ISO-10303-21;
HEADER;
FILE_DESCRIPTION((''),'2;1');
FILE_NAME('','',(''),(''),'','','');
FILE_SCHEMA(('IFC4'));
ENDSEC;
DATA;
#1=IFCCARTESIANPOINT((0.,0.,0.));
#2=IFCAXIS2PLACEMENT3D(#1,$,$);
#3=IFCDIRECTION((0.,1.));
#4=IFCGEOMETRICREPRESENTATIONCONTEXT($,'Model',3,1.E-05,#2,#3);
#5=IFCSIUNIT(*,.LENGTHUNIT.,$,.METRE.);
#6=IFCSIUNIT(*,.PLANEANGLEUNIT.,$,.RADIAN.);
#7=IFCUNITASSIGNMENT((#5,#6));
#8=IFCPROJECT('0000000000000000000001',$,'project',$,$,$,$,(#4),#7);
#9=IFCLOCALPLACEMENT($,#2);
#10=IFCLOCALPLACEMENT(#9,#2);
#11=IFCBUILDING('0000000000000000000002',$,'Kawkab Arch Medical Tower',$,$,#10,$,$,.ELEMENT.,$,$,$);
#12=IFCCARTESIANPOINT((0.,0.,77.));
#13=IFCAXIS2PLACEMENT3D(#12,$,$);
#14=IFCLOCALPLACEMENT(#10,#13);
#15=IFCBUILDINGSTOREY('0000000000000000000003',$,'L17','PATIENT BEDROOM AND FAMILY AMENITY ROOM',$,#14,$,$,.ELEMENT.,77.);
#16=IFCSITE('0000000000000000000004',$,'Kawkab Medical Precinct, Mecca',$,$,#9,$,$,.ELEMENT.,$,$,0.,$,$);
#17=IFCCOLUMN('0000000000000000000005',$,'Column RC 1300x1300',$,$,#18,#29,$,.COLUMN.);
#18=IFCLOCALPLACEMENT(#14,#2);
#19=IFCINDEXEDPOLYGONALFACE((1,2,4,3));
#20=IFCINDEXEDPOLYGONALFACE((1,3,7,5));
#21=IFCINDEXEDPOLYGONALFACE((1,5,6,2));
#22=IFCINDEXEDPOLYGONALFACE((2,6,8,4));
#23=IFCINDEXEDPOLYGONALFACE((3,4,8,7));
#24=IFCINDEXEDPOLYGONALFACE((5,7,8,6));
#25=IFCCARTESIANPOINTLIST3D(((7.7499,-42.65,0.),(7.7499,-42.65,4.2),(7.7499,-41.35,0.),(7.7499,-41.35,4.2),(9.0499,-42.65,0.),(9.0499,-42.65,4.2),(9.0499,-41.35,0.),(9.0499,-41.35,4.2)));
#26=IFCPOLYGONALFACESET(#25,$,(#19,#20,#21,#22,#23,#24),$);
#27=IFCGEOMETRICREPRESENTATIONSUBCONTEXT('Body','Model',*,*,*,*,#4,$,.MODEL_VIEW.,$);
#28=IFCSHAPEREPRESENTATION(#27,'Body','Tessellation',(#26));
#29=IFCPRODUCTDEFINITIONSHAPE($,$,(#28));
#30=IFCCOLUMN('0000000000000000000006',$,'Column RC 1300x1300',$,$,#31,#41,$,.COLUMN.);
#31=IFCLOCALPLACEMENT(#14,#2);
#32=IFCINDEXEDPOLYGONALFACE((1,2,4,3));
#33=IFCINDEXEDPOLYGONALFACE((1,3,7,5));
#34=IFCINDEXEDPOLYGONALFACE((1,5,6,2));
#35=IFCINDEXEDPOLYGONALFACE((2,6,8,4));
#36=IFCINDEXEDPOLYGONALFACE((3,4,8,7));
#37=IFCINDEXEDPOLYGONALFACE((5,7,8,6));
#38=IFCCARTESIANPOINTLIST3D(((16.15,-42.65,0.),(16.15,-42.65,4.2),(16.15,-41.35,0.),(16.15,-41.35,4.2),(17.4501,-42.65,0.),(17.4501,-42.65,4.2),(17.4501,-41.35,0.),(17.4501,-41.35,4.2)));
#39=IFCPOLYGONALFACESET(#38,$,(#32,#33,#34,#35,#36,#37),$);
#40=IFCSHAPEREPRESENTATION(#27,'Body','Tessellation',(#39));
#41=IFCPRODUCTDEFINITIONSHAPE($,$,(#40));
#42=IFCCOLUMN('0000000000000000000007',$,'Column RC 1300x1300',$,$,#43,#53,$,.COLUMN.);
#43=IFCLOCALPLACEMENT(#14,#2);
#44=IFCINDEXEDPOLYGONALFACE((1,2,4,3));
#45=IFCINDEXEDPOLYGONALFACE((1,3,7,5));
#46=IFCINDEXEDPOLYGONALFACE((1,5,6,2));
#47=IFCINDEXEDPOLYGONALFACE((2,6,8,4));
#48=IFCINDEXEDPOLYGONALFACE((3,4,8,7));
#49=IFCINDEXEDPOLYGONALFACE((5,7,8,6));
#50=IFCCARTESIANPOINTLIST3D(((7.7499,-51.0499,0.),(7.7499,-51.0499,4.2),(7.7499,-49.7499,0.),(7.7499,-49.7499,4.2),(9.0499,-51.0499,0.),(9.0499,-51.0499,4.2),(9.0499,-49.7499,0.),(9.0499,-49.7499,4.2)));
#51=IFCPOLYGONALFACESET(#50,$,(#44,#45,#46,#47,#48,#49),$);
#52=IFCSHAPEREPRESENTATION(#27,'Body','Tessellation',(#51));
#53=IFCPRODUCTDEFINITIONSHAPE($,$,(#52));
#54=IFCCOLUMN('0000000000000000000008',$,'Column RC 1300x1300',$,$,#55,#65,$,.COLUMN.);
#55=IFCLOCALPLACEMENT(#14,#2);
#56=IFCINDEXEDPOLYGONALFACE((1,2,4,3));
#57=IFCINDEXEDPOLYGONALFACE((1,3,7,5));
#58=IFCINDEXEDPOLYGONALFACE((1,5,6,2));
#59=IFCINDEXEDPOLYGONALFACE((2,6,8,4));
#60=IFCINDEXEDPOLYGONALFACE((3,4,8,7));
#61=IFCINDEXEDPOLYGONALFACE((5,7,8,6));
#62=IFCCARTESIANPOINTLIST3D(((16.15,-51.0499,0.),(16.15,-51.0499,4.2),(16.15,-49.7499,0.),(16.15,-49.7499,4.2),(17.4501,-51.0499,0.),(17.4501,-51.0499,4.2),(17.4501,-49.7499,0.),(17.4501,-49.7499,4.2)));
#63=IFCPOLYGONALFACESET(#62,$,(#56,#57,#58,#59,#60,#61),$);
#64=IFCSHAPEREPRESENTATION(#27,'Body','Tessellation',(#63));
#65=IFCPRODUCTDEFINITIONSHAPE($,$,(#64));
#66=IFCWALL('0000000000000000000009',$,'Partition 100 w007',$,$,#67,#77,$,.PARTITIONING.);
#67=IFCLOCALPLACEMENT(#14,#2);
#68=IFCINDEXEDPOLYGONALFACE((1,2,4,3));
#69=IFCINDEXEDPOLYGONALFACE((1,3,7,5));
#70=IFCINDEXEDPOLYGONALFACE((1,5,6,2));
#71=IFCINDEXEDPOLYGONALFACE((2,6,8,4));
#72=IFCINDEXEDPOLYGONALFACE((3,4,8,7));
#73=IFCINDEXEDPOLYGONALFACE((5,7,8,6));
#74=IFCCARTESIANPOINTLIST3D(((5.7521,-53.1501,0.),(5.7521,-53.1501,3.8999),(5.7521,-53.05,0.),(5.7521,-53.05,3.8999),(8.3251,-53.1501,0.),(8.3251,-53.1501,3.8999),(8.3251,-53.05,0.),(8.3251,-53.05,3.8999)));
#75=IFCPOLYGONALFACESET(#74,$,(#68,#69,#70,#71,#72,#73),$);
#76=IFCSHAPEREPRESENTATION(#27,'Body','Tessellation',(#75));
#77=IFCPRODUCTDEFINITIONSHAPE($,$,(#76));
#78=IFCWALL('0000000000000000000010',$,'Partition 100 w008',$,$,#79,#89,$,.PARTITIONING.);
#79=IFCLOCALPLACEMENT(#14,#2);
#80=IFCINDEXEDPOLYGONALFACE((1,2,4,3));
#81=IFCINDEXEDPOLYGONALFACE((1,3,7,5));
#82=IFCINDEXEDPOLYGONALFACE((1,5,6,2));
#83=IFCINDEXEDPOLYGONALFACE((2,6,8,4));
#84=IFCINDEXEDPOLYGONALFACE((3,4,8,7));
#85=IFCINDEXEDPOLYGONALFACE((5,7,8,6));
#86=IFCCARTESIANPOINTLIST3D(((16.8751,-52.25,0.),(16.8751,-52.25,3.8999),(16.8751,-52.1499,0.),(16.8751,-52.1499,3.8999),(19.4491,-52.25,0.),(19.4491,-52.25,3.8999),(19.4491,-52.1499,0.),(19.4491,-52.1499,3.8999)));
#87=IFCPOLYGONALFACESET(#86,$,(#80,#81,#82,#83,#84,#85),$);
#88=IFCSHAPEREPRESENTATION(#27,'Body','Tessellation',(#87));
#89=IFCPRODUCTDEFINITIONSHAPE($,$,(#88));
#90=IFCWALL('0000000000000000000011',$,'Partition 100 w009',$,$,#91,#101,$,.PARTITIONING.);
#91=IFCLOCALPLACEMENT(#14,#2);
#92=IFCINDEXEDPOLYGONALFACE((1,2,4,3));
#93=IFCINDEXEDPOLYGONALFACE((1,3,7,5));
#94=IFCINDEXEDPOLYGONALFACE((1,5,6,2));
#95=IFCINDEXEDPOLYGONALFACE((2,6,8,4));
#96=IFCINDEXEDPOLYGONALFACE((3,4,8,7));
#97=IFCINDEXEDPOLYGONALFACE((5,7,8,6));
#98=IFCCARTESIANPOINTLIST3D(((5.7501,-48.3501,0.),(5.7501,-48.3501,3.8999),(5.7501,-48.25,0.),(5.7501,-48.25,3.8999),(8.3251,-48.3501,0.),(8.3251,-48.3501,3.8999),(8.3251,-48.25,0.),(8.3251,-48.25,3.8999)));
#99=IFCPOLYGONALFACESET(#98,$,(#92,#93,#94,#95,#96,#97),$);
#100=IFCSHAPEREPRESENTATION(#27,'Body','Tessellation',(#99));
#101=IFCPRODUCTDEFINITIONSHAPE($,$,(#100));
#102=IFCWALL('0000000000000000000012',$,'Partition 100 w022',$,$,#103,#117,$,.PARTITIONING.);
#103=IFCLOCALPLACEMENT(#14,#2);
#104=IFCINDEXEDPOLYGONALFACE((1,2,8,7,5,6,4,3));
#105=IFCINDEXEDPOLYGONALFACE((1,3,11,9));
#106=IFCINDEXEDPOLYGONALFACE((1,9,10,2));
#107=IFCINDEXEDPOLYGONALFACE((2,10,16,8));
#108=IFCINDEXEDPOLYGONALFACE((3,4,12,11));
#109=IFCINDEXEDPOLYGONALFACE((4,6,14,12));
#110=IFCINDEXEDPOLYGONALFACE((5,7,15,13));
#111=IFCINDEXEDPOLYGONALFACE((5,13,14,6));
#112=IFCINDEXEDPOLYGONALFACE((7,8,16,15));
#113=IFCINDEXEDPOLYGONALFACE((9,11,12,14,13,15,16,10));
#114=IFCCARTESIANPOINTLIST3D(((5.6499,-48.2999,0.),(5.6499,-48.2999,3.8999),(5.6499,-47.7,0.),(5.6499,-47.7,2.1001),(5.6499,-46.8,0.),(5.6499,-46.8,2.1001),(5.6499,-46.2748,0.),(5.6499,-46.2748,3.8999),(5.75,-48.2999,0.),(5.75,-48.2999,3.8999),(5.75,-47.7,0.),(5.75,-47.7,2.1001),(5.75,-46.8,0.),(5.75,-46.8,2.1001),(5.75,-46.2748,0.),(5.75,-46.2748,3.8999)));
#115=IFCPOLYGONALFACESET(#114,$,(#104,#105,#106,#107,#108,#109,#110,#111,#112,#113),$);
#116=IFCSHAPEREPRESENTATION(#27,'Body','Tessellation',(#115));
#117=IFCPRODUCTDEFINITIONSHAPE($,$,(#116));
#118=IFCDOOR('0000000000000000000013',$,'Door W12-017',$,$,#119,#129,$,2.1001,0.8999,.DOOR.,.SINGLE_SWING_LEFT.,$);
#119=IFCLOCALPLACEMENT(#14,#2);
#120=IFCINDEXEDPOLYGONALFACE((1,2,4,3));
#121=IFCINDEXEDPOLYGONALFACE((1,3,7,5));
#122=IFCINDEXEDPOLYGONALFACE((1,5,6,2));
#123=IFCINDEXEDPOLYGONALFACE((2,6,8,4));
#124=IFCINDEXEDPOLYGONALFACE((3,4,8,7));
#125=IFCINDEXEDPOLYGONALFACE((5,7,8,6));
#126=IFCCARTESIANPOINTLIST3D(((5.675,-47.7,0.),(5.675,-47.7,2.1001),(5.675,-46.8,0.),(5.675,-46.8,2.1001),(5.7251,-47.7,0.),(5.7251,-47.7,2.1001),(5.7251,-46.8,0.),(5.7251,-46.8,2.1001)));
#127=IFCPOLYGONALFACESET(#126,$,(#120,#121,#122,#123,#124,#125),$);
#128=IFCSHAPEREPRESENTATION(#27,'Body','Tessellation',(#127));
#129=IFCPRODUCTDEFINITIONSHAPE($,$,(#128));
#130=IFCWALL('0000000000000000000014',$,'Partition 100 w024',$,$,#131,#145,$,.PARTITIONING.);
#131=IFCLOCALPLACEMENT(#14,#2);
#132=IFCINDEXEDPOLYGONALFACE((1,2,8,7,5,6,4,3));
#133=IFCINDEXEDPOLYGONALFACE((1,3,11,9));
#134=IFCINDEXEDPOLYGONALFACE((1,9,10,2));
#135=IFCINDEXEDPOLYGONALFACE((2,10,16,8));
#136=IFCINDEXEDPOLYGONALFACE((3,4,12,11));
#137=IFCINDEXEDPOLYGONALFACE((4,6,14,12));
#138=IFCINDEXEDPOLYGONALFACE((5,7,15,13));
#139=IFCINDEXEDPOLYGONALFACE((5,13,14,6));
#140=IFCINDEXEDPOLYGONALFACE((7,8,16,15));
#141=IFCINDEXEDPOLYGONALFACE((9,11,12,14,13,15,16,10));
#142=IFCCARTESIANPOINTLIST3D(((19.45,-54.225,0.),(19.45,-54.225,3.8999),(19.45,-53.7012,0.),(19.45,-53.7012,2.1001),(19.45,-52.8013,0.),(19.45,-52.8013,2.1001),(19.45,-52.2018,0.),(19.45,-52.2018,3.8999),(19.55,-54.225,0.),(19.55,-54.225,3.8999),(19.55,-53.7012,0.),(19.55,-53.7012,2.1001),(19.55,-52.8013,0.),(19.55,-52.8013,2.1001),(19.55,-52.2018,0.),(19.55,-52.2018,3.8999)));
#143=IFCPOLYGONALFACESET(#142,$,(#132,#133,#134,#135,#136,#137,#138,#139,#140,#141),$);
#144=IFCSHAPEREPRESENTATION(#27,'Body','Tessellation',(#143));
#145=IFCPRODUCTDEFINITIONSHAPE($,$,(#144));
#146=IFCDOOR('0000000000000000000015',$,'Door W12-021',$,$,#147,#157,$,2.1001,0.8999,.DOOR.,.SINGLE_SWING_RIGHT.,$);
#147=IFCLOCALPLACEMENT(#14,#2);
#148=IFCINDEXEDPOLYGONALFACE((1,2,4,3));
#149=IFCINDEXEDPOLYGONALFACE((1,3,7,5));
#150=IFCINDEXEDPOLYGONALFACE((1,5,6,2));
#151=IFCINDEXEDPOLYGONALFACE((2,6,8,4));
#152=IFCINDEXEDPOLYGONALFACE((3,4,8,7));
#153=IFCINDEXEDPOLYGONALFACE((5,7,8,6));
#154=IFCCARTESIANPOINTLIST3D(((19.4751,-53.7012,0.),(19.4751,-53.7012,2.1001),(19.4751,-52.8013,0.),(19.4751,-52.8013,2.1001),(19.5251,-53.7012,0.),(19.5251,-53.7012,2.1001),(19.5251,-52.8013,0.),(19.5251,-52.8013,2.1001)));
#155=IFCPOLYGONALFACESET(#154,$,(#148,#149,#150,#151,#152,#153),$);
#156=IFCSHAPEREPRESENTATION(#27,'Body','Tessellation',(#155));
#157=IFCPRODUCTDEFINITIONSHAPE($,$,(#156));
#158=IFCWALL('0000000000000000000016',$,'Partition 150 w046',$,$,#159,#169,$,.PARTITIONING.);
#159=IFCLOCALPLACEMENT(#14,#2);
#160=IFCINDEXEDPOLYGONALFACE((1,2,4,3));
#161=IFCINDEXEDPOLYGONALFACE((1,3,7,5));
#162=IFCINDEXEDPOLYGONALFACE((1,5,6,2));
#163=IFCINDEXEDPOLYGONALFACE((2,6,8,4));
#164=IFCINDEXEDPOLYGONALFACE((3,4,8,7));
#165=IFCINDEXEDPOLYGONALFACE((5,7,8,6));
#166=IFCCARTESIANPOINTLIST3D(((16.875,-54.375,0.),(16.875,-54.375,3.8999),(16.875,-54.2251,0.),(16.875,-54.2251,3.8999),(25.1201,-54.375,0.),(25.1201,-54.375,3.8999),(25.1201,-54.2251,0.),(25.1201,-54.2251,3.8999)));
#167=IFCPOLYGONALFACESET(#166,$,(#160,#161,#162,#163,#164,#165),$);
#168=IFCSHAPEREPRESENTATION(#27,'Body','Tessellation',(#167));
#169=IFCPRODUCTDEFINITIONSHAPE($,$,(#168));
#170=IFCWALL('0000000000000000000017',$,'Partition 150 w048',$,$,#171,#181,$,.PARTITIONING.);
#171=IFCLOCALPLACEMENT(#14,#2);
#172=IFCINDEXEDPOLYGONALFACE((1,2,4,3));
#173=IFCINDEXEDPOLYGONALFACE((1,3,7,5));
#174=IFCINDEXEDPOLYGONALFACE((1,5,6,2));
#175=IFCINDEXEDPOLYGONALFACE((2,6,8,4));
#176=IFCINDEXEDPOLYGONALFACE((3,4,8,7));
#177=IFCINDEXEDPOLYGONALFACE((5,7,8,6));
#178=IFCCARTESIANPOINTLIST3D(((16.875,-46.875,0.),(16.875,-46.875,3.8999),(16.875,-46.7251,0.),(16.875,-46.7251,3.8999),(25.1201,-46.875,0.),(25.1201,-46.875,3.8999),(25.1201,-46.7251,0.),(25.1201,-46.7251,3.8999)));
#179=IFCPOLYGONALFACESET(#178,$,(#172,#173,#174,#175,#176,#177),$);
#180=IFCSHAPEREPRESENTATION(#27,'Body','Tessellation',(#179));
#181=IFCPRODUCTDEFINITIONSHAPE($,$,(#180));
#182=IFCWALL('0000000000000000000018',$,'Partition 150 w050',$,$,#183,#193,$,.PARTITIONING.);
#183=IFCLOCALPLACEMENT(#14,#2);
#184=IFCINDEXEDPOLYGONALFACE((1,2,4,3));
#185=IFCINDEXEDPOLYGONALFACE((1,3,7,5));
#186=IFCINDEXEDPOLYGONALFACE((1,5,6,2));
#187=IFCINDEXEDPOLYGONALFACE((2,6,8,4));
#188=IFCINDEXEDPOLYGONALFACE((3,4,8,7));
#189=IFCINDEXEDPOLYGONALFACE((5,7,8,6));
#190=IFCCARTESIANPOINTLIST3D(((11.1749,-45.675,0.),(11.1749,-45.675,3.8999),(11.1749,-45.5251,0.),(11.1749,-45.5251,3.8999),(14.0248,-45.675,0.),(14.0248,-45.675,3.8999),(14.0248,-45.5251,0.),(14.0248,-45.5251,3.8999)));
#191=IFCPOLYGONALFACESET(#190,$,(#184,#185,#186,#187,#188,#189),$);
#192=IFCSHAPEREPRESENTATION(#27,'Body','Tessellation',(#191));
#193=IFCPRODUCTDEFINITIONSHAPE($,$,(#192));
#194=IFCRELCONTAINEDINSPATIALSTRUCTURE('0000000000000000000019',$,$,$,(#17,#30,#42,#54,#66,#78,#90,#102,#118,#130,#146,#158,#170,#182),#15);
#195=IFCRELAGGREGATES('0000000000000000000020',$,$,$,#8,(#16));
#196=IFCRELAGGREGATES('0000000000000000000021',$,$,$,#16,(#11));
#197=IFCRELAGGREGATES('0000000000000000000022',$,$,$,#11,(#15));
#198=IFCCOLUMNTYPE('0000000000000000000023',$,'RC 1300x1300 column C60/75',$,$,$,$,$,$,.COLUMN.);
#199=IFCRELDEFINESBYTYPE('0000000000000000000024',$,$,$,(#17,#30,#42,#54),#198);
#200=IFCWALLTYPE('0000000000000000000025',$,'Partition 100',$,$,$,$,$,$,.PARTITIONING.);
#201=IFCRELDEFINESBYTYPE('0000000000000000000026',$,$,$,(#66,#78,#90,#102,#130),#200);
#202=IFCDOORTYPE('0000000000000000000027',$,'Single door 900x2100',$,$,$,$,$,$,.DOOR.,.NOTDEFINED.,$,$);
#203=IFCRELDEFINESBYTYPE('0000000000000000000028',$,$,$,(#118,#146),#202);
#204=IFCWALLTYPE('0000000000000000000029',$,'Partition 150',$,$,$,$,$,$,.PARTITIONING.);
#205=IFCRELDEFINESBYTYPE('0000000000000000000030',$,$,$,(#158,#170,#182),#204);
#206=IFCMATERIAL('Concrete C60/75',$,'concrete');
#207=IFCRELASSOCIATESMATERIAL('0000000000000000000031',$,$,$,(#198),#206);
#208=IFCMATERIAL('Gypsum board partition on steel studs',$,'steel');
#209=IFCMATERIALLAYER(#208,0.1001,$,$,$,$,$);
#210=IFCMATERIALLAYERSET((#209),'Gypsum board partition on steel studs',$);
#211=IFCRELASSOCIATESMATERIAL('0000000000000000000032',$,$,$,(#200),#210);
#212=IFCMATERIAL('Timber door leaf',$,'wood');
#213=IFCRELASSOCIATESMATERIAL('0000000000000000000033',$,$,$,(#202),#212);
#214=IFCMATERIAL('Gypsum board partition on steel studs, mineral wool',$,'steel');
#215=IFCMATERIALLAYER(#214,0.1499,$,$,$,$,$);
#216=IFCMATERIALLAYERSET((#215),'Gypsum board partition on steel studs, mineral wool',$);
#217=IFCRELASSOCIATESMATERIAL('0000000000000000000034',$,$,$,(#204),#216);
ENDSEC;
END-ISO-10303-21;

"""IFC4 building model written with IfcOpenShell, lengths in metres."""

from ifc_helpers import new_model, si_unit, direction, frame, frame_2d, origin, origin_2d, place, context, subcontext, project, spatial, rectangle, extrude, material, layer, layer_set, material_profile, profile_set, type_object, element, fill, save


model = new_model("IFC4")

# Units and contexts
model_context = context("Model", 3, precision=1e-05, world=origin(), true_north=direction((0.0, 1.0)))
body_context = subcontext(model_context, "Body", "Model", "MODEL_VIEW")
ifc_project = project(units=[si_unit("LENGTHUNIT", "METRE"), si_unit("PLANEANGLEUNIT", "RADIAN")], contexts=[model_context])

# Site, building, storey
site_placement = place(None, origin())
site = spatial("IfcSite", under=ifc_project, at=site_placement, Name="Kawkab Medical Precinct, Mecca", CompositionType="ELEMENT", RefElevation=0.0)
building_placement = place(site_placement, origin())
building = spatial("IfcBuilding", under=site, at=building_placement, Name="Kawkab Arch Medical Tower", CompositionType="ELEMENT")
storey_placement = place(building_placement, frame((0.0, 0.0, 77.0)))
storey = spatial("IfcBuildingStorey", under=building, at=storey_placement, Name="L17", Description="PATIENT BEDROOM AND FAMILY AMENITY ROOM", CompositionType="ELEMENT", Elevation=77.0)

# Columns
ifc_material_1 = material(Name="Concrete C60/75", Category="concrete")
ifc_material_profile = material_profile(ifc_material_1, rectangle(XDim=1.3, YDim=1.3, at=origin_2d()), Name="RC 1300x1300")
ifc_profile_set = profile_set([ifc_material_profile], Name="Concrete C60/75")
column_type = type_object("IfcColumnType", Name="RC 1300x1300 column C60/75", PredefinedType="COLUMN", material=ifc_profile_set)
for number, where, z_axis, x_axis, name in (
    (1, (8.3999, -42.0, 0.0), (0.0, 0.0, 1.0), (1.0, 0.0, 0.0), "Column RC 1300x1300"),
    (2, (16.8, -42.0, 0.0), (0.0, 0.0, 1.0), (1.0, 0.0, 0.0), "Column RC 1300x1300"),
    (3, (8.3999, -50.3999, 0.0), (0.0, 0.0, 1.0), (1.0, 0.0, 0.0), "Column RC 1300x1300"),
    (4, (16.8, -50.3999, 0.0), (0.0, 0.0, 1.0), (1.0, 0.0, 0.0), "Column RC 1300x1300"),
):
    element("IfcColumn", number, at=place(storey_placement, frame(where, z_axis=z_axis, x_axis=x_axis)), inside=storey, type_object=column_type, Name=name, PredefinedType="COLUMN", context=body_context, shape_type="SweptSolid", body=[
        extrude(rectangle(XDim=1.3, YDim=1.3, at=origin_2d()), origin(), (0.0, 0.0, 1.0), 4.2),
    ])

# Walls
ifc_material_2 = material(Name="Gypsum board partition on steel studs", Category="steel")
ifc_layer_1 = layer(ifc_material_2, 0.1001)
ifc_layer_set_1 = layer_set([ifc_layer_1], Name="Gypsum board partition on steel studs")
wall_type_1 = type_object("IfcWallType", Name="Partition 100", PredefinedType="PARTITIONING", material=ifc_layer_set_1)
wall_1_placement = place(storey_placement, frame((5.752, -53.1001, 0.0), z_axis=(0.0, 0.0, 1.0), x_axis=(1.0, 0.0, 0.0)))
element("IfcWall", 5, at=wall_1_placement, inside=storey, type_object=wall_type_1, Name="Partition 100 w007", PredefinedType="PARTITIONING", context=body_context, shape_type="SweptSolid", body=[
    extrude(rectangle(XDim=2.573, YDim=0.1001, at=frame_2d((1.2866, 0.0))), origin(), (0.0, 0.0, 1.0), 3.8999),
])
wall_2_placement = place(storey_placement, frame((16.875, -52.2, 0.0), z_axis=(0.0, 0.0, 1.0), x_axis=(1.0, 0.0, 0.0)))
element("IfcWall", 6, at=wall_2_placement, inside=storey, type_object=wall_type_1, Name="Partition 100 w008", PredefinedType="PARTITIONING", context=body_context, shape_type="SweptSolid", body=[
    extrude(rectangle(XDim=2.574, YDim=0.1001, at=frame_2d((1.2871, 0.0))), origin(), (0.0, 0.0, 1.0), 3.8999),
])
wall_3_placement = place(storey_placement, frame((5.75, -48.3, 0.0), z_axis=(0.0, 0.0, 1.0), x_axis=(1.0, 0.0, 0.0)))
element("IfcWall", 7, at=wall_3_placement, inside=storey, type_object=wall_type_1, Name="Partition 100 w009", PredefinedType="PARTITIONING", context=body_context, shape_type="SweptSolid", body=[
    extrude(rectangle(XDim=2.575, YDim=0.1001, at=frame_2d((1.2876, 0.0))), origin(), (0.0, 0.0, 1.0), 3.8999),
])

# Walls, openings, doors
wall_4_placement = place(storey_placement, frame((5.7, -48.3, 0.0), z_axis=(0.0, 0.0, 1.0), x_axis=(0.0, 1.0, 0.0)))
wall_4 = element("IfcWall", 8, at=wall_4_placement, inside=storey, type_object=wall_type_1, Name="Partition 100 w022", PredefinedType="PARTITIONING", context=body_context, shape_type="SweptSolid", body=[
    extrude(rectangle(XDim=2.0251, YDim=0.1001, at=frame_2d((1.0127, 0.0))), origin(), (0.0, 0.0, 1.0), 3.8999),
])
opening_1_placement = place(wall_4_placement, frame((0.6001, 0.0, 0.0)))
opening_1 = element("IfcOpeningElement", 9, at=opening_1_placement, cuts=wall_4, PredefinedType="OPENING", context=body_context, shape_type="SweptSolid", body=[
    extrude(rectangle(XDim=0.8999, YDim=2.1001, at=frame_2d((0.45, 1.05))), frame((0.0, 0.0601, 0.0), z_axis=(0.0, -1.0, 0.0), x_axis=(1.0, 0.0, 0.0)), (0.0, 0.0, 1.0), 0.1201),
])
ifc_material_3 = material(Name="Timber door leaf", Category="wood")
door_type_1 = type_object("IfcDoorType", Name="Single door 900x2100", OperationType="NOTDEFINED", PredefinedType="DOOR", material=ifc_material_3)
door_1_placement = place(opening_1_placement, origin())
door_1 = element("IfcDoor", 10, at=door_1_placement, inside=storey, type_object=door_type_1, Name="Door W12-017", OperationType="SINGLE_SWING_LEFT", OverallHeight=2.1001, OverallWidth=0.8999, PredefinedType="DOOR", context=body_context, shape_type="SweptSolid", body=[
    extrude(rectangle(XDim=0.8999, YDim=2.1001, at=frame_2d((0.45, 1.05))), frame((0.0, 0.0249, 0.0), z_axis=(0.0, -1.0, 0.0), x_axis=(1.0, 0.0, 0.0)), (0.0, 0.0, 1.0), 0.05),
])
fill(opening_1, door_1)
wall_5_placement = place(storey_placement, frame((19.5, -54.2251, 0.0), z_axis=(0.0, 0.0, 1.0), x_axis=(0.0, 1.0, 0.0)))
wall_5 = element("IfcWall", 11, at=wall_5_placement, inside=storey, type_object=wall_type_1, Name="Partition 100 w024", PredefinedType="PARTITIONING", context=body_context, shape_type="SweptSolid", body=[
    extrude(rectangle(XDim=2.0232, YDim=0.1001, at=frame_2d((1.0117, 0.0))), origin(), (0.0, 0.0, 1.0), 3.8999),
])
opening_2_placement = place(wall_5_placement, frame((0.5239, 0.0, 0.0)))
opening_2 = element("IfcOpeningElement", 12, at=opening_2_placement, cuts=wall_5, PredefinedType="OPENING", context=body_context, shape_type="SweptSolid", body=[
    extrude(rectangle(XDim=0.8999, YDim=2.1001, at=frame_2d((0.45, 1.05))), frame((0.0, 0.0601, 0.0), z_axis=(0.0, -1.0, 0.0), x_axis=(1.0, 0.0, 0.0)), (0.0, 0.0, 1.0), 0.1201),
])
door_2_placement = place(opening_2_placement, origin())
door_2 = element("IfcDoor", 13, at=door_2_placement, inside=storey, type_object=door_type_1, Name="Door W12-021", OperationType="SINGLE_SWING_RIGHT", OverallHeight=2.1001, OverallWidth=0.8999, PredefinedType="DOOR", context=body_context, shape_type="SweptSolid", body=[
    extrude(rectangle(XDim=0.8999, YDim=2.1001, at=frame_2d((0.45, 1.05))), frame((0.0, 0.0249, 0.0), z_axis=(0.0, -1.0, 0.0), x_axis=(1.0, 0.0, 0.0)), (0.0, 0.0, 1.0), 0.05),
])
fill(opening_2, door_2)

# Walls
ifc_material_4 = material(Name="Gypsum board partition on steel studs, mineral wool", Category="steel")
ifc_layer_2 = layer(ifc_material_4, 0.1499)
ifc_layer_set_2 = layer_set([ifc_layer_2], Name="Gypsum board partition on steel studs, mineral wool")
wall_type_2 = type_object("IfcWallType", Name="Partition 150", PredefinedType="PARTITIONING", material=ifc_layer_set_2)
for number, where, z_axis, x_axis, name in (
    (14, (16.875, -54.3, 0.0), (0.0, 0.0, 1.0), (1.0, 0.0, 0.0), "Partition 150 w046"),
    (15, (16.875, -46.8, 0.0), (0.0, 0.0, 1.0), (1.0, 0.0, 0.0), "Partition 150 w048"),
):
    element("IfcWall", number, at=place(storey_placement, frame(where, z_axis=z_axis, x_axis=x_axis)), inside=storey, type_object=wall_type_2, Name=name, PredefinedType="PARTITIONING", context=body_context, shape_type="SweptSolid", body=[
        extrude(rectangle(XDim=8.2451, YDim=0.1499, at=frame_2d((4.1226, 0.0))), origin(), (0.0, 0.0, 1.0), 3.8999),
    ])
wall_6_placement = place(storey_placement, frame((11.175, -45.6001, 0.0), z_axis=(0.0, 0.0, 1.0), x_axis=(1.0, 0.0, 0.0)))
element("IfcWall", 16, at=wall_6_placement, inside=storey, type_object=wall_type_2, Name="Partition 150 w050", PredefinedType="PARTITIONING", context=body_context, shape_type="SweptSolid", body=[
    extrude(rectangle(XDim=2.8499, YDim=0.1499, at=frame_2d((1.4248, 0.0))), origin(), (0.0, 0.0, 1.0), 3.8999),
])

save(model, "model.ifc")
